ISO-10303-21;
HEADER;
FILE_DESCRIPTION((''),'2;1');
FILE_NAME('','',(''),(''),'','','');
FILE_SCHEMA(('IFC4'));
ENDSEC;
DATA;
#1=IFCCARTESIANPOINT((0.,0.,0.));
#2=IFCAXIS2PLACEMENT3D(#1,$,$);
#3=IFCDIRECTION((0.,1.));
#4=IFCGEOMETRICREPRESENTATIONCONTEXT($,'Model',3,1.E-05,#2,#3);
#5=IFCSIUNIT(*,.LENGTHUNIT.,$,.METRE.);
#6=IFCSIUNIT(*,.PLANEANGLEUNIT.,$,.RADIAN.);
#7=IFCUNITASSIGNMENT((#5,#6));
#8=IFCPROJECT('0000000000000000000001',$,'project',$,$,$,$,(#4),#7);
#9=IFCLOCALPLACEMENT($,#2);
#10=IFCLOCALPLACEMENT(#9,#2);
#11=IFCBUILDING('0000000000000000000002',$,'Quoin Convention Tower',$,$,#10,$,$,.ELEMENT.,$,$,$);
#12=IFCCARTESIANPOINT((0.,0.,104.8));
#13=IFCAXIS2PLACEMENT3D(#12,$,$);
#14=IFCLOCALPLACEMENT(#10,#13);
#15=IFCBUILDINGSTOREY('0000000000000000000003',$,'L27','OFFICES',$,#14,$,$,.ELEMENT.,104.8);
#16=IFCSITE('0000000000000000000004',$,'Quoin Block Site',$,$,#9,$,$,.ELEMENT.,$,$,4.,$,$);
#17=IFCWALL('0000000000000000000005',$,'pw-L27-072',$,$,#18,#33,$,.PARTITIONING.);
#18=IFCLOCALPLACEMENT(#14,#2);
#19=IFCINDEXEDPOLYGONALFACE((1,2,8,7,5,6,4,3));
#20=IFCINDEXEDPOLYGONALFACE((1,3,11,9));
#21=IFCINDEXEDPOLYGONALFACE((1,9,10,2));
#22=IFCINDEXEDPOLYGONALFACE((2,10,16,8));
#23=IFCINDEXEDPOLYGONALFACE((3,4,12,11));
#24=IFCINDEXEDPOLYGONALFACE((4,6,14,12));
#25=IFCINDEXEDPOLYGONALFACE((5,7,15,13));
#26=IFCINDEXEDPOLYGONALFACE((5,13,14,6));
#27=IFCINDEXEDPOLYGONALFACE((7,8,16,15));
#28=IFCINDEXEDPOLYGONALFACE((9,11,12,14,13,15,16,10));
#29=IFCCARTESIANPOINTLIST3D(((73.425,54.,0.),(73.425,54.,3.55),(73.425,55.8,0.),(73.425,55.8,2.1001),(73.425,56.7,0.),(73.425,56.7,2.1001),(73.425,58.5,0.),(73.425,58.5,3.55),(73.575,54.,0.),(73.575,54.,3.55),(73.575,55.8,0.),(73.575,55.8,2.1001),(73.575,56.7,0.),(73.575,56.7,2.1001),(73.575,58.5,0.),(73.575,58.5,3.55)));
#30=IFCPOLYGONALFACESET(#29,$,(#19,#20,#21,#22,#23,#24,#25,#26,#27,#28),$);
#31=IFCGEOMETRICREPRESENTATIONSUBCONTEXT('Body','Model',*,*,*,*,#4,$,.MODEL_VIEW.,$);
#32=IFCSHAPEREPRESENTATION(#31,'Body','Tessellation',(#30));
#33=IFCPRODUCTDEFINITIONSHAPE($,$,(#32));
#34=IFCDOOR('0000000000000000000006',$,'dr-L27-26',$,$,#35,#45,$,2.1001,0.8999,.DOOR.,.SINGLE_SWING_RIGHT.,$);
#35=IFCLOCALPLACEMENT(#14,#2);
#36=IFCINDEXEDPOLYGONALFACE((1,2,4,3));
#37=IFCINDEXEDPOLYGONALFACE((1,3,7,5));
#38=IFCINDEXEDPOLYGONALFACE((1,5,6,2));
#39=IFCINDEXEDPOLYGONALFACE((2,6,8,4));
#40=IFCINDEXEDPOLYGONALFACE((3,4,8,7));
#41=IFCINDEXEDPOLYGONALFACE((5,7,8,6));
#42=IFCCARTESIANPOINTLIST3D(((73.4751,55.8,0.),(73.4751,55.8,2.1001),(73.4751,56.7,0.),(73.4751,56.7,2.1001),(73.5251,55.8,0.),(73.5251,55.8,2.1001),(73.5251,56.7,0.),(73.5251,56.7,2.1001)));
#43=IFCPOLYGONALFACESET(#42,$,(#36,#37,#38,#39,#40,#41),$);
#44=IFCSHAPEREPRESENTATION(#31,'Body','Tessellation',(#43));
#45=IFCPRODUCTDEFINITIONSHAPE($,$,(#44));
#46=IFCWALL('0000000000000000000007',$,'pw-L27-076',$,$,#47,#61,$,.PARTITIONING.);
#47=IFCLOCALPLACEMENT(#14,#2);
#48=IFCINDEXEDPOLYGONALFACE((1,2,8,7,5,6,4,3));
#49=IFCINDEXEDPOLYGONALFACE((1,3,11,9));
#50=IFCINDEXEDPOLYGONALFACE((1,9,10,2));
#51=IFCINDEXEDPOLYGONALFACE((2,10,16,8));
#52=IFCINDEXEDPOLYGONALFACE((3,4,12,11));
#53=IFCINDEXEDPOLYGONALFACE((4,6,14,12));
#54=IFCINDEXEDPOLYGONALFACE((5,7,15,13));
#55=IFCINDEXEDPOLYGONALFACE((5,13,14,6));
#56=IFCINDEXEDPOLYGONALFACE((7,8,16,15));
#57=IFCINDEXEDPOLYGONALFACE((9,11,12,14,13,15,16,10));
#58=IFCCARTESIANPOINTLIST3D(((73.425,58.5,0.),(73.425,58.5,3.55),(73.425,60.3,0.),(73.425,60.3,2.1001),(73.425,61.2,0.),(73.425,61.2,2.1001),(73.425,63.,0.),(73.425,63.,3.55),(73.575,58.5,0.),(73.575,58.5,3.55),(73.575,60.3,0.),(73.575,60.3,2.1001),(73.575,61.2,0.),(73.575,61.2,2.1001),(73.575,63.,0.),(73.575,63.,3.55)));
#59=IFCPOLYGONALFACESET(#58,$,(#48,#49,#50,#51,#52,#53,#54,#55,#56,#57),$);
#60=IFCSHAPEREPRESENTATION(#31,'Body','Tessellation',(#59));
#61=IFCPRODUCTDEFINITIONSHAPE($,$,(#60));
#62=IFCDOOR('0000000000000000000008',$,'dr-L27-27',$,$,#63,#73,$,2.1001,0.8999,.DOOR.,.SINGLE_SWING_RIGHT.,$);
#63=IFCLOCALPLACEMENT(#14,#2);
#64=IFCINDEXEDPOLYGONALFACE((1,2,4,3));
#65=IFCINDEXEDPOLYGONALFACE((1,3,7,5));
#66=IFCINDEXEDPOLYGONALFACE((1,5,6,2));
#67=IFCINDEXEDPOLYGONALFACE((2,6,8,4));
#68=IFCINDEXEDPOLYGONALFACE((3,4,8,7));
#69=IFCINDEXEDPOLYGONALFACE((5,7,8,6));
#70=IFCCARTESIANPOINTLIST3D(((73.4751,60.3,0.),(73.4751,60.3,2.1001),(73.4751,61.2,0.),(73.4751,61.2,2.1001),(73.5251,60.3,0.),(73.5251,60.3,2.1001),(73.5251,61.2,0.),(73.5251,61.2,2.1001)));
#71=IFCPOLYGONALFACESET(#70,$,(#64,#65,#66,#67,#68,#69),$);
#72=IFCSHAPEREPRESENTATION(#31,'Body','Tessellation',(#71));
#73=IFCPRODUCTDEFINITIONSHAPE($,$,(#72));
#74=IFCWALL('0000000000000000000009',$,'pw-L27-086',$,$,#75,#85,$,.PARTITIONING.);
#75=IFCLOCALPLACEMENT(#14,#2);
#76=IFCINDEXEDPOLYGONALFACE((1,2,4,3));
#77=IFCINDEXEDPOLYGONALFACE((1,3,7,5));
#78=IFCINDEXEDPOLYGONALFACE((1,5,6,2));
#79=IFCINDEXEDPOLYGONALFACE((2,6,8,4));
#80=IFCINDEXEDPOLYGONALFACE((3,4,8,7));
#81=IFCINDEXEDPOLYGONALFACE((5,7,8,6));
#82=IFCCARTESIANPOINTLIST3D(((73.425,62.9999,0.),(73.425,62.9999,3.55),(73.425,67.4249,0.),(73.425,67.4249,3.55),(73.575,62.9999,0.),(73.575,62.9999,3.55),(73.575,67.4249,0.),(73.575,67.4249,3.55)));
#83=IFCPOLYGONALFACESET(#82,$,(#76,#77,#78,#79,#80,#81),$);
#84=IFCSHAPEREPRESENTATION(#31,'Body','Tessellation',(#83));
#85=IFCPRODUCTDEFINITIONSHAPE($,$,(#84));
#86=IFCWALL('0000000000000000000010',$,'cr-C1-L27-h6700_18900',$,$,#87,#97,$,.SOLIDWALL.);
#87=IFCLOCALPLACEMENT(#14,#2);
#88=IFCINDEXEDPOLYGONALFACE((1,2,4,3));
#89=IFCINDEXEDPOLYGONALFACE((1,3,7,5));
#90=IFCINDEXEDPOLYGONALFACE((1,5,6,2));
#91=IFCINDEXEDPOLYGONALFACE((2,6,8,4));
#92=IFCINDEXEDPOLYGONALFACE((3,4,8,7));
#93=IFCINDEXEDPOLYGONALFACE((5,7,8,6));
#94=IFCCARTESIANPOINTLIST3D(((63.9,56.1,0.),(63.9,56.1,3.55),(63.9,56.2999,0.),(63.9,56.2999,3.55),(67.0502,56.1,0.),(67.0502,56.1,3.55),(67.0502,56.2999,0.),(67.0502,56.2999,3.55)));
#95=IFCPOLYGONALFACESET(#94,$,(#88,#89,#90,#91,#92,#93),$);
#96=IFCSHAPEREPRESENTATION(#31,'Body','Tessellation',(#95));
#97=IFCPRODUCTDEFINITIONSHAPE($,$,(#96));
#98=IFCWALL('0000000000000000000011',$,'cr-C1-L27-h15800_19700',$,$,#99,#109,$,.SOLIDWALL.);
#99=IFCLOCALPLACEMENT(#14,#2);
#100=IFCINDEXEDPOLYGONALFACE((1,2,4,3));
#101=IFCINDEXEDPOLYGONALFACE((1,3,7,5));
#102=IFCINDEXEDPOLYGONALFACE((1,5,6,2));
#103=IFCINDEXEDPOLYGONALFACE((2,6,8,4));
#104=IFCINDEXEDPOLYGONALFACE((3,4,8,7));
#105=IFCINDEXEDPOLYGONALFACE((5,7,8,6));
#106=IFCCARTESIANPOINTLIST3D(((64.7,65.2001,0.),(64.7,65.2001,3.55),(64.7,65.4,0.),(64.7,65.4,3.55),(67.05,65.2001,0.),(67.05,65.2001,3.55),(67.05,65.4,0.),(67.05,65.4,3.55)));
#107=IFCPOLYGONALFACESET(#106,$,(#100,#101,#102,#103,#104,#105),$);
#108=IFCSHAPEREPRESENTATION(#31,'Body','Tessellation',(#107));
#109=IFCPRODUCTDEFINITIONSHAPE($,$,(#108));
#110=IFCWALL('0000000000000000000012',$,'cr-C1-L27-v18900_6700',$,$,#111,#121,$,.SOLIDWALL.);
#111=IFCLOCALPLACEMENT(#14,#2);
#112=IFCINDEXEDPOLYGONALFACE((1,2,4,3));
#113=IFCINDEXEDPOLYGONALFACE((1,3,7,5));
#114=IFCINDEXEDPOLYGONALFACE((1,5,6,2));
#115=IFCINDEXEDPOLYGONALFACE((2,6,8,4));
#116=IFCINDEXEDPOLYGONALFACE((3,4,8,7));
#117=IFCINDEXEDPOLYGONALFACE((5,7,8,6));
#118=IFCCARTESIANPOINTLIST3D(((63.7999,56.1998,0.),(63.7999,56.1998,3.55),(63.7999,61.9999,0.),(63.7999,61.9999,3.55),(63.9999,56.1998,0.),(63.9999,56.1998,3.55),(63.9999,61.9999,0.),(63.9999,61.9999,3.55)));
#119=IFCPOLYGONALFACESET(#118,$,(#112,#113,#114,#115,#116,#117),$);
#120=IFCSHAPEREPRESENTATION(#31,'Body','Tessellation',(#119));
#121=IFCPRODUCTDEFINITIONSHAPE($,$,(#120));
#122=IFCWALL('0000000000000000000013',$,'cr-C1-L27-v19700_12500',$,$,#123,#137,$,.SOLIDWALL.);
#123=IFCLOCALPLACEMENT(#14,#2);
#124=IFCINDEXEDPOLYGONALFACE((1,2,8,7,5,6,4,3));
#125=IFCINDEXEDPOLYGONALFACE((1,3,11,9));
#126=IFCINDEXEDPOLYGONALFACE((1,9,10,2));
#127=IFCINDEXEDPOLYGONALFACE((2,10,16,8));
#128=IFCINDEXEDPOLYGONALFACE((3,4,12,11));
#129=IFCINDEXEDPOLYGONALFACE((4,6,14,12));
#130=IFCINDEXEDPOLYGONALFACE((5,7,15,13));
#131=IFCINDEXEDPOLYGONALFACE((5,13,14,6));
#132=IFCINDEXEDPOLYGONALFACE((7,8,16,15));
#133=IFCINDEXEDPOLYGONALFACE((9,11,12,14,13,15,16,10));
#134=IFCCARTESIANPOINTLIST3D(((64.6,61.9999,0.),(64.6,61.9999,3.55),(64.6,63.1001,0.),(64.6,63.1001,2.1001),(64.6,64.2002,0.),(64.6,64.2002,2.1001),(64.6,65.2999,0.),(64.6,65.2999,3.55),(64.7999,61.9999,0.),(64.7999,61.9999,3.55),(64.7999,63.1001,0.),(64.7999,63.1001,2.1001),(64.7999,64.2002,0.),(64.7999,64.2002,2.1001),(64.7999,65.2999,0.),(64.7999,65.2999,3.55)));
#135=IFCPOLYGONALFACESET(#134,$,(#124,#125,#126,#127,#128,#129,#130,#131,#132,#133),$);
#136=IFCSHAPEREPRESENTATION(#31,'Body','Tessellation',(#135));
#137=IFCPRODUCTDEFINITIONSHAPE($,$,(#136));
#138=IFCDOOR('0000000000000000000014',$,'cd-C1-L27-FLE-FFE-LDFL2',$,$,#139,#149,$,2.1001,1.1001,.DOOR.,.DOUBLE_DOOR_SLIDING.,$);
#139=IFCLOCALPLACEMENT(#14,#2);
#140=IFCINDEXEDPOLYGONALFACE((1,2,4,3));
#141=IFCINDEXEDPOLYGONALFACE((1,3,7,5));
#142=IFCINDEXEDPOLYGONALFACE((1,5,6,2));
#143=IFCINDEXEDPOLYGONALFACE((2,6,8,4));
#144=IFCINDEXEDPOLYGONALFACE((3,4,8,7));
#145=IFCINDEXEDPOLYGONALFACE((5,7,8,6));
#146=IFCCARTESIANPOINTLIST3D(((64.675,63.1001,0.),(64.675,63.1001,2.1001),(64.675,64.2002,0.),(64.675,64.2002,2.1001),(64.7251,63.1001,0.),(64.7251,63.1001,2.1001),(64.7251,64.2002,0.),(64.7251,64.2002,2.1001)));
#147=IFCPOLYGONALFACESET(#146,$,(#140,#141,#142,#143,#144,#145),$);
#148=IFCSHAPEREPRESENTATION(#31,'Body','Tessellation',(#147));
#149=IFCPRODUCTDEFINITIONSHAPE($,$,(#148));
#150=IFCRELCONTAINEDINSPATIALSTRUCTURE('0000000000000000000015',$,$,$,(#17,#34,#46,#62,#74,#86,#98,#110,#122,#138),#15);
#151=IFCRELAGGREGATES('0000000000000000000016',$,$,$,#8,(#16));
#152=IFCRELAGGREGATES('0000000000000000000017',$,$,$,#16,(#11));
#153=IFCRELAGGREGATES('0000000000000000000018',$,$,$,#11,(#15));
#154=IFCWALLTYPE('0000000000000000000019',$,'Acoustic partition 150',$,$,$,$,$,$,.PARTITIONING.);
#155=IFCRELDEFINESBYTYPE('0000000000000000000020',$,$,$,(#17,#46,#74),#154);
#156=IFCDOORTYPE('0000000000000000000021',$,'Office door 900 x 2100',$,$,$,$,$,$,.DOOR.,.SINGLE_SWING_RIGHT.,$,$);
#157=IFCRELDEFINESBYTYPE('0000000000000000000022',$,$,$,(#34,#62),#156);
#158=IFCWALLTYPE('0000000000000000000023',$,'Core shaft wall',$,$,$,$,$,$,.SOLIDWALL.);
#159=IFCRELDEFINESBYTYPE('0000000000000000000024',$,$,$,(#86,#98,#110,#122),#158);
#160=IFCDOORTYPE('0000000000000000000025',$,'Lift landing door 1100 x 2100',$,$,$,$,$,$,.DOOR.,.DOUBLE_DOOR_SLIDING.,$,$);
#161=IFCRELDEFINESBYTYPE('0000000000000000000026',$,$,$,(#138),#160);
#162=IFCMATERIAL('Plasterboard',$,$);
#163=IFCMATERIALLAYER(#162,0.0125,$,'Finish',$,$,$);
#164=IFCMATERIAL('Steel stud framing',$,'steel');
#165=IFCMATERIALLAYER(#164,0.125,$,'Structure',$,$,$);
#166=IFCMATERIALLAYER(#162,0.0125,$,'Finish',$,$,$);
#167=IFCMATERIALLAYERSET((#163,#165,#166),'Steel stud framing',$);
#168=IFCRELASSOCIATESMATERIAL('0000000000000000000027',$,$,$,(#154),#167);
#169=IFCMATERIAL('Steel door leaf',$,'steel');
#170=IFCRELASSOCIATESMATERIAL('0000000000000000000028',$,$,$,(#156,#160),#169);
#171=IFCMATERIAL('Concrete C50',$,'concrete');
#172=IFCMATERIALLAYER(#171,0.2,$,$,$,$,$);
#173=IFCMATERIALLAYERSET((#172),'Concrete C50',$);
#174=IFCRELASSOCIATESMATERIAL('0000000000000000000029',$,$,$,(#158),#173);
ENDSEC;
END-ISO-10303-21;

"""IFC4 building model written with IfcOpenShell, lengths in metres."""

from ifc_helpers import new_model, si_unit, direction, frame, frame_2d, origin, place, context, subcontext, project, spatial, rectangle, extrude, material, layer, layer_set, type_object, element, fill, save


model = new_model("IFC4")

# Units and contexts
model_context = context("Model", 3, precision=1e-05, world=origin(), true_north=direction((0.0, 1.0)))
body_context = subcontext(model_context, "Body", "Model", "MODEL_VIEW")
ifc_project = project(units=[si_unit("LENGTHUNIT", "METRE"), si_unit("PLANEANGLEUNIT", "RADIAN")], contexts=[model_context])

# Site, building, storey
site_placement = place(None, origin())
site = spatial("IfcSite", under=ifc_project, at=site_placement, Name="Quoin Block Site", CompositionType="ELEMENT", RefElevation=4.0)
building_placement = place(site_placement, origin())
building = spatial("IfcBuilding", under=site, at=building_placement, Name="Quoin Convention Tower", CompositionType="ELEMENT")
storey_placement = place(building_placement, frame((0.0, 0.0, 104.8)))
storey = spatial("IfcBuildingStorey", under=building, at=storey_placement, Name="L27", Description="OFFICES", CompositionType="ELEMENT", Elevation=104.8)

# Shared definitions
ifc_material_1 = material(Name="Plasterboard")
ifc_layer_1 = layer(ifc_material_1, 0.0125, Name="Finish")
ifc_material_2 = material(Name="Steel stud framing", Category="steel")
ifc_layer_2 = layer(ifc_material_2, 0.125, Name="Structure")
ifc_layer_3 = layer(ifc_material_1, 0.0125, Name="Finish")
ifc_layer_set_1 = layer_set([ifc_layer_1, ifc_layer_2, ifc_layer_3], Name="Steel stud framing")
wall_type_1 = type_object("IfcWallType", Name="Acoustic partition 150", PredefinedType="PARTITIONING", material=ifc_layer_set_1)

# Walls, openings, doors
wall_1_placement = place(storey_placement, frame((73.5, 54.0, 0.0), z_axis=(0.0, 0.0, 1.0), x_axis=(0.0, 1.0, 0.0)))
wall_1 = element("IfcWall", 1, at=wall_1_placement, inside=storey, type_object=wall_type_1, Name="pw-L27-072", PredefinedType="PARTITIONING", context=body_context, shape_type="SweptSolid", body=[
    extrude(rectangle(XDim=4.5, YDim=0.1499, at=frame_2d((2.25, 0.0))), origin(), (0.0, 0.0, 1.0), 3.55),
])
opening_1_placement = place(wall_1_placement, frame((1.8, 0.0, 0.0)))
opening_1 = element("IfcOpeningElement", 2, at=opening_1_placement, cuts=wall_1, PredefinedType="OPENING", context=body_context, shape_type="SweptSolid", body=[
    extrude(rectangle(XDim=0.8999, YDim=2.1001, at=frame_2d((0.45, 1.05))), frame((0.0, 0.085, 0.0), z_axis=(0.0, -1.0, 0.0), x_axis=(1.0, 0.0, 0.0)), (0.0, 0.0, 1.0), 0.1699),
])
ifc_material_3 = material(Name="Steel door leaf", Category="steel")
door_type_1 = type_object("IfcDoorType", Name="Office door 900 x 2100", OperationType="SINGLE_SWING_RIGHT", PredefinedType="DOOR", material=ifc_material_3)
door_1_placement = place(opening_1_placement, origin())
door_1 = element("IfcDoor", 3, at=door_1_placement, inside=storey, type_object=door_type_1, Name="dr-L27-26", OperationType="SINGLE_SWING_RIGHT", OverallHeight=2.1001, OverallWidth=0.8999, PredefinedType="DOOR", context=body_context, shape_type="SweptSolid", body=[
    extrude(rectangle(XDim=0.8999, YDim=2.1001, at=frame_2d((0.45, 1.05))), frame((0.0, 0.0249, 0.0), z_axis=(0.0, -1.0, 0.0), x_axis=(1.0, 0.0, 0.0)), (0.0, 0.0, 1.0), 0.05),
])
fill(opening_1, door_1)
wall_2_placement = place(storey_placement, frame((73.5, 58.5, 0.0), z_axis=(0.0, 0.0, 1.0), x_axis=(0.0, 1.0, 0.0)))
wall_2 = element("IfcWall", 4, at=wall_2_placement, inside=storey, type_object=wall_type_1, Name="pw-L27-076", PredefinedType="PARTITIONING", context=body_context, shape_type="SweptSolid", body=[
    extrude(rectangle(XDim=4.5, YDim=0.1499, at=frame_2d((2.25, 0.0))), origin(), (0.0, 0.0, 1.0), 3.55),
])
opening_2_placement = place(wall_2_placement, frame((1.8, 0.0, 0.0)))
opening_2 = element("IfcOpeningElement", 5, at=opening_2_placement, cuts=wall_2, PredefinedType="OPENING", context=body_context, shape_type="SweptSolid", body=[
    extrude(rectangle(XDim=0.8999, YDim=2.1001, at=frame_2d((0.45, 1.05))), frame((0.0, 0.085, 0.0), z_axis=(0.0, -1.0, 0.0), x_axis=(1.0, 0.0, 0.0)), (0.0, 0.0, 1.0), 0.1699),
])
door_2_placement = place(opening_2_placement, origin())
door_2 = element("IfcDoor", 6, at=door_2_placement, inside=storey, type_object=door_type_1, Name="dr-L27-27", OperationType="SINGLE_SWING_RIGHT", OverallHeight=2.1001, OverallWidth=0.8999, PredefinedType="DOOR", context=body_context, shape_type="SweptSolid", body=[
    extrude(rectangle(XDim=0.8999, YDim=2.1001, at=frame_2d((0.45, 1.05))), frame((0.0, 0.0249, 0.0), z_axis=(0.0, -1.0, 0.0), x_axis=(1.0, 0.0, 0.0)), (0.0, 0.0, 1.0), 0.05),
])
fill(opening_2, door_2)

# Walls
wall_3_placement = place(storey_placement, frame((73.5, 63.0, 0.0), z_axis=(0.0, 0.0, 1.0), x_axis=(0.0, 1.0, 0.0)))
element("IfcWall", 7, at=wall_3_placement, inside=storey, type_object=wall_type_1, Name="pw-L27-086", PredefinedType="PARTITIONING", context=body_context, shape_type="SweptSolid", body=[
    extrude(rectangle(XDim=4.425, YDim=0.1499, at=frame_2d((2.2124, 0.0))), origin(), (0.0, 0.0, 1.0), 3.55),
])
ifc_material_4 = material(Name="Concrete C50", Category="concrete")
ifc_layer_4 = layer(ifc_material_4, 0.2)
ifc_layer_set_2 = layer_set([ifc_layer_4], Name="Concrete C50")
wall_type_2 = type_object("IfcWallType", Name="Core shaft wall", PredefinedType="SOLIDWALL", material=ifc_layer_set_2)
wall_4_placement = place(storey_placement, frame((63.8999, 56.2, 0.0), z_axis=(0.0, 0.0, 1.0), x_axis=(1.0, 0.0, 0.0)))
element("IfcWall", 8, at=wall_4_placement, inside=storey, type_object=wall_type_2, Name="cr-C1-L27-h6700_18900", PredefinedType="SOLIDWALL", context=body_context, shape_type="SweptSolid", body=[
    extrude(rectangle(XDim=3.1501, YDim=0.2, at=frame_2d((1.5752, 0.0))), origin(), (0.0, 0.0, 1.0), 3.55),
])
wall_5_placement = place(storey_placement, frame((64.7, 65.3, 0.0), z_axis=(0.0, 0.0, 1.0), x_axis=(1.0, 0.0, 0.0)))
element("IfcWall", 9, at=wall_5_placement, inside=storey, type_object=wall_type_2, Name="cr-C1-L27-h15800_19700", PredefinedType="SOLIDWALL", context=body_context, shape_type="SweptSolid", body=[
    extrude(rectangle(XDim=2.3501, YDim=0.2, at=frame_2d((1.175, 0.0))), origin(), (0.0, 0.0, 1.0), 3.55),
])
wall_6_placement = place(storey_placement, frame((63.8999, 56.2, 0.0), z_axis=(0.0, 0.0, 1.0), x_axis=(0.0, 1.0, 0.0)))
element("IfcWall", 10, at=wall_6_placement, inside=storey, type_object=wall_type_2, Name="cr-C1-L27-v18900_6700", PredefinedType="SOLIDWALL", context=body_context, shape_type="SweptSolid", body=[
    extrude(rectangle(XDim=5.8, YDim=0.2, at=frame_2d((2.8999, 0.0))), origin(), (0.0, 0.0, 1.0), 3.55),
])

# Wall, opening, door
wall_7_placement = place(storey_placement, frame((64.7, 62.0, 0.0), z_axis=(0.0, 0.0, 1.0), x_axis=(0.0, 1.0, 0.0)))
wall_7 = element("IfcWall", 11, at=wall_7_placement, inside=storey, type_object=wall_type_2, Name="cr-C1-L27-v19700_12500", PredefinedType="SOLIDWALL", context=body_context, shape_type="SweptSolid", body=[
    extrude(rectangle(XDim=3.3, YDim=0.2, at=frame_2d((1.6499, 0.0))), origin(), (0.0, 0.0, 1.0), 3.55),
])
opening_3_placement = place(wall_7_placement, frame((1.1001, 0.0, 0.0)))
opening_3 = element("IfcOpeningElement", 12, at=opening_3_placement, cuts=wall_7, PredefinedType="OPENING", context=body_context, shape_type="SweptSolid", body=[
    extrude(rectangle(XDim=1.1001, YDim=2.1001, at=frame_2d((0.55, 1.05))), frame((0.0, 0.1099, 0.0), z_axis=(0.0, -1.0, 0.0), x_axis=(1.0, 0.0, 0.0)), (0.0, 0.0, 1.0), 0.22),
])
door_type_2 = type_object("IfcDoorType", Name="Lift landing door 1100 x 2100", OperationType="DOUBLE_DOOR_SLIDING", PredefinedType="DOOR", material=ifc_material_3)
door_3_placement = place(opening_3_placement, origin())
door_3 = element("IfcDoor", 13, at=door_3_placement, inside=storey, type_object=door_type_2, Name="cd-C1-L27-FLE-FFE-LDFL2", OperationType="DOUBLE_DOOR_SLIDING", OverallHeight=2.1001, OverallWidth=1.1001, PredefinedType="DOOR", context=body_context, shape_type="SweptSolid", body=[
    extrude(rectangle(XDim=1.1001, YDim=2.1001, at=frame_2d((0.55, 1.05))), frame((0.0, 0.0249, 0.0), z_axis=(0.0, -1.0, 0.0), x_axis=(1.0, 0.0, 0.0)), (0.0, 0.0, 1.0), 0.05),
])
fill(opening_3, door_3)

save(model, "model.ifc")
